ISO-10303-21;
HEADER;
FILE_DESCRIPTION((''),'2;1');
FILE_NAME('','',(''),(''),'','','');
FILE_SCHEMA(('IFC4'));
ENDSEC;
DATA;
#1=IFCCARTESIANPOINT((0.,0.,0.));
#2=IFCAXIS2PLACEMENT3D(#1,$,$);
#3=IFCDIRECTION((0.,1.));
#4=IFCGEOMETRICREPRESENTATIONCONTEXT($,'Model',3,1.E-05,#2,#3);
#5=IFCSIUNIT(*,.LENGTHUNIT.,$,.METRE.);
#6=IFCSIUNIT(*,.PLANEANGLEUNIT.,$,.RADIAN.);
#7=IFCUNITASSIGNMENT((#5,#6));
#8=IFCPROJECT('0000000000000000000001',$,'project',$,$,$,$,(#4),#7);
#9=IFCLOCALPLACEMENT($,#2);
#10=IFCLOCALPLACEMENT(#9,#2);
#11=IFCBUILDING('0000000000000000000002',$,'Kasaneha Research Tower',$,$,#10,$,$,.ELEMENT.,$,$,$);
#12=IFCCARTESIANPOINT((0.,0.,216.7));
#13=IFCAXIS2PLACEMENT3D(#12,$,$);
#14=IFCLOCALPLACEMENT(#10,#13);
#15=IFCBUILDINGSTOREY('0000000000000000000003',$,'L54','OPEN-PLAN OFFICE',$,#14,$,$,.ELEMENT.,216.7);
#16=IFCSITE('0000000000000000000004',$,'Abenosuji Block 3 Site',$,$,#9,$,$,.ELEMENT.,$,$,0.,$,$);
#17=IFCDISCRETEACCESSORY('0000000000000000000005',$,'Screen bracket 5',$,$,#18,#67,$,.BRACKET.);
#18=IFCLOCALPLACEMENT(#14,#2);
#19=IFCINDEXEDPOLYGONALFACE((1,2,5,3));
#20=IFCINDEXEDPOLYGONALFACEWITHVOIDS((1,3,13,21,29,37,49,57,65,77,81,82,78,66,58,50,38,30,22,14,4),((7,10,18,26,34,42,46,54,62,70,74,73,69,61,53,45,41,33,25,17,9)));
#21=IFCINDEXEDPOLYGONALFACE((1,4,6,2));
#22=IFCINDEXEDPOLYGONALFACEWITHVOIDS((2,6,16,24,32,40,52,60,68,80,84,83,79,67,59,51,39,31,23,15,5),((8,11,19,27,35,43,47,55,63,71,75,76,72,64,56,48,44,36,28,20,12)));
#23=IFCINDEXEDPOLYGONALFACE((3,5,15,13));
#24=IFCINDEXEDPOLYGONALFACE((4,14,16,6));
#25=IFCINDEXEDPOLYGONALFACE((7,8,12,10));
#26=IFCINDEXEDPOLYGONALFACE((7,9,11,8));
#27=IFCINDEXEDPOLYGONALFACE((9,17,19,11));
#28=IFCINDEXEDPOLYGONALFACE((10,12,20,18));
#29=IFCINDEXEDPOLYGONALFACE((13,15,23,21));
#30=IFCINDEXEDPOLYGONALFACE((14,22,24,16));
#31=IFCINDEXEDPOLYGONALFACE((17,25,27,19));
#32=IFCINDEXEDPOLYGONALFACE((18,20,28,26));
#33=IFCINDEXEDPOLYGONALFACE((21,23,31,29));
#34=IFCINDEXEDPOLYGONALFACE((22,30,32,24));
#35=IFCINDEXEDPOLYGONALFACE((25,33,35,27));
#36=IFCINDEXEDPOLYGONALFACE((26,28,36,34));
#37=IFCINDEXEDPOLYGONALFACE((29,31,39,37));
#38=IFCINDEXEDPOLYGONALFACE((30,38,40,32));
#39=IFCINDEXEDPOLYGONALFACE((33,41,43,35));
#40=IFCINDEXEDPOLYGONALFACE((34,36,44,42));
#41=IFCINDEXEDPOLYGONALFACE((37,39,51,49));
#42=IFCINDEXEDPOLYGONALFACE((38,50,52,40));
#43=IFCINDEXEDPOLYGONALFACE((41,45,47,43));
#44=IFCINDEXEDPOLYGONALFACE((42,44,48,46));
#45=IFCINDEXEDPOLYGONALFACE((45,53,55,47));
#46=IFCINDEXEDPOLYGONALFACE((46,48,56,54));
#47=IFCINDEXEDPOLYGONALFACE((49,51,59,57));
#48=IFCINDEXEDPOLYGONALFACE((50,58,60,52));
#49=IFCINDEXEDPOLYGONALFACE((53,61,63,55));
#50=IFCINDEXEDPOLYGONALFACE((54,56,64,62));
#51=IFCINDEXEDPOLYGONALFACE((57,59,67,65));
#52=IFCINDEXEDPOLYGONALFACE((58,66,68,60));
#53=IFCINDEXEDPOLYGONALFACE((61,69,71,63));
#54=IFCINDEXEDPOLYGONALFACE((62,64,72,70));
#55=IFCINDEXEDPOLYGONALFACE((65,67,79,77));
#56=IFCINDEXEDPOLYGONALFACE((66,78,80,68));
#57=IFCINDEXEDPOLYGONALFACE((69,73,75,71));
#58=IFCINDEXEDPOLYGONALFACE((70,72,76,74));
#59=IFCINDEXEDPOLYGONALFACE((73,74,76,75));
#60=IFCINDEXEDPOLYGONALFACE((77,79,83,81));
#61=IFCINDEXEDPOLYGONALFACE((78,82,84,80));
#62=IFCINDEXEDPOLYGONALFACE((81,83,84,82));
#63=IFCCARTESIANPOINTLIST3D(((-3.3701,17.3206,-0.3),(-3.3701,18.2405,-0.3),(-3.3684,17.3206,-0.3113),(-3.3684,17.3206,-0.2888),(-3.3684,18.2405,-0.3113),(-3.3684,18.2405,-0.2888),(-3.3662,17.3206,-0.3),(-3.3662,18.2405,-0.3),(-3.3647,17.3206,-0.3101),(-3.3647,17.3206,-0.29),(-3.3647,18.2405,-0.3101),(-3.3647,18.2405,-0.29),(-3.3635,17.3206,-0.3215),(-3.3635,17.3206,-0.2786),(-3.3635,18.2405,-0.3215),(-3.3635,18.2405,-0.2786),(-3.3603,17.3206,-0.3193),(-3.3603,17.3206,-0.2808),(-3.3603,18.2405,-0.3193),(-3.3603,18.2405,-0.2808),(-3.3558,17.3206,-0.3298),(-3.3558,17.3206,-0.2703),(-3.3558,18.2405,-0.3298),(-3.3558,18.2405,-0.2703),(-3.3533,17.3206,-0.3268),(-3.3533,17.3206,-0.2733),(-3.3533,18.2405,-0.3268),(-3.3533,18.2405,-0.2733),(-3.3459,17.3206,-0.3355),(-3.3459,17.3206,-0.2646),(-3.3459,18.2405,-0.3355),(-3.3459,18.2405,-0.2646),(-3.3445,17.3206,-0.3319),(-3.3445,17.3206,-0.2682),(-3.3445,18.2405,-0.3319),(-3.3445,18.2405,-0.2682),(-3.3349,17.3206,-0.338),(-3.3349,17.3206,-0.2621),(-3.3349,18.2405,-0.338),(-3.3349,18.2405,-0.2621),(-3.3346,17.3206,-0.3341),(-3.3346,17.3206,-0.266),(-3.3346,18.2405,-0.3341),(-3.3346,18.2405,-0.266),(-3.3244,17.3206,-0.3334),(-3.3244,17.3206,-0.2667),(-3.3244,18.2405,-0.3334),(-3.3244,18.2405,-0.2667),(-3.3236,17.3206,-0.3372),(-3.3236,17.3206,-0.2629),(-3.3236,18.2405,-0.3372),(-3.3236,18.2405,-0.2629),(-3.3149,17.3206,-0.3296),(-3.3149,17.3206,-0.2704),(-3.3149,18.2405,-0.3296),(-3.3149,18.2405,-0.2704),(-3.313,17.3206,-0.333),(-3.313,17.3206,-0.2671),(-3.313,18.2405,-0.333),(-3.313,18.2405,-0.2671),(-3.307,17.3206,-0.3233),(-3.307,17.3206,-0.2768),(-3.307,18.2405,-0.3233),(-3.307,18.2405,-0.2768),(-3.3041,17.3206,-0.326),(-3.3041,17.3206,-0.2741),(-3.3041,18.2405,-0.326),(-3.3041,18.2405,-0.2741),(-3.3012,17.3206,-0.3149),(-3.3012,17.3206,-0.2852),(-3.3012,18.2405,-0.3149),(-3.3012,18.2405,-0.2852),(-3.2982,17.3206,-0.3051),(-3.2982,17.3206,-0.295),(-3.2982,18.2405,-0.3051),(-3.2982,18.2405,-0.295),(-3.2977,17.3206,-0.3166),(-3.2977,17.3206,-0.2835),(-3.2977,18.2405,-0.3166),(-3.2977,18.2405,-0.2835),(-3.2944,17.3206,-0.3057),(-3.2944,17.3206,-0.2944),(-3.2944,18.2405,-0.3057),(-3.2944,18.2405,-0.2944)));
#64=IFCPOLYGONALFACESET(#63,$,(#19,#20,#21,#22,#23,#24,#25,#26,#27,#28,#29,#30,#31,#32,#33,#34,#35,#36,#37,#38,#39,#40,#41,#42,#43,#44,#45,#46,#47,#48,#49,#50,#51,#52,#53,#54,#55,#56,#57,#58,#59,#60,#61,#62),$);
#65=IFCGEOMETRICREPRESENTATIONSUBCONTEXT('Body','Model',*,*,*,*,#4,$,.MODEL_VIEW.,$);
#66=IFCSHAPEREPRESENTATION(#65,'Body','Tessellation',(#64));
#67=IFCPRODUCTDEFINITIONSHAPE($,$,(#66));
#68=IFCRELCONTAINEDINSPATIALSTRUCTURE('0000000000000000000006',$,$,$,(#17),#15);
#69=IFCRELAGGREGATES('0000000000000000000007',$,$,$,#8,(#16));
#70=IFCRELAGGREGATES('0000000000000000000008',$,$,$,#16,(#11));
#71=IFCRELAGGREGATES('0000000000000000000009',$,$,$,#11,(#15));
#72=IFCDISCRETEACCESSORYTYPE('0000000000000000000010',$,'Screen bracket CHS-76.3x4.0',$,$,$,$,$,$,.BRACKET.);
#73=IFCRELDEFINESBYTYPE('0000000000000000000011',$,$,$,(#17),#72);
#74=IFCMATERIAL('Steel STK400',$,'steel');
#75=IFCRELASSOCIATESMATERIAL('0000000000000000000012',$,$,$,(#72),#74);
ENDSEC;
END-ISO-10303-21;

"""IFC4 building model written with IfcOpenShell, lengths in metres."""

from ifc_helpers import new_model, si_unit, direction, frame, origin, origin_2d, place, context, subcontext, project, spatial, hollow_circle, extrude, material, material_profile, profile_set, type_object, element, save


model = new_model("IFC4")

# Units and contexts
model_context = context("Model", 3, precision=1e-05, world=origin(), true_north=direction((0.0, 1.0)))
body_context = subcontext(model_context, "Body", "Model", "MODEL_VIEW")
ifc_project = project(units=[si_unit("LENGTHUNIT", "METRE"), si_unit("PLANEANGLEUNIT", "RADIAN")], contexts=[model_context])

# Site, building, storey
site_placement = place(None, origin())
site = spatial("IfcSite", under=ifc_project, at=site_placement, Name="Abenosuji Block 3 Site", CompositionType="ELEMENT", RefElevation=0.0)
building_placement = place(site_placement, origin())
building = spatial("IfcBuilding", under=site, at=building_placement, Name="Kasaneha Research Tower", CompositionType="ELEMENT")
storey_placement = place(building_placement, frame((0.0, 0.0, 216.7)))
storey = spatial("IfcBuildingStorey", under=building, at=storey_placement, Name="L54", Description="OPEN-PLAN OFFICE", CompositionType="ELEMENT", Elevation=216.7)

# Discrete accessory
ifc_material_1 = material(Name="Steel STK400", Category="steel")
ifc_material_profile_1 = material_profile(ifc_material_1, hollow_circle(Radius=0.0381, WallThickness=0.0039, at=origin_2d()), Name="CHS-76.3x4.0")
ifc_profile_set_1 = profile_set([ifc_material_profile_1], Name="Steel STK400")
discrete_accessory_type = type_object("IfcDiscreteAccessoryType", Name="Screen bracket CHS-76.3x4.0", PredefinedType="BRACKET", material=ifc_profile_set_1)
for number, where, z_axis, x_axis, name in (
    (1, (-3.332, 17.3206, -0.3), (0.0, 1.0, 0.0), (-1.0, 0.0, 0.0), "Screen bracket 5"),
):
    element("IfcDiscreteAccessory", number, at=place(storey_placement, frame(where, z_axis=z_axis, x_axis=x_axis)), inside=storey, type_object=discrete_accessory_type, Name=name, PredefinedType="BRACKET", context=body_context, shape_type="SweptSolid", body=[
        extrude(hollow_circle(Radius=0.0381, WallThickness=0.0039, at=origin_2d()), origin(), (0.0, 0.0, 1.0), 0.9199),
    ])

save(model, "model.ifc")
